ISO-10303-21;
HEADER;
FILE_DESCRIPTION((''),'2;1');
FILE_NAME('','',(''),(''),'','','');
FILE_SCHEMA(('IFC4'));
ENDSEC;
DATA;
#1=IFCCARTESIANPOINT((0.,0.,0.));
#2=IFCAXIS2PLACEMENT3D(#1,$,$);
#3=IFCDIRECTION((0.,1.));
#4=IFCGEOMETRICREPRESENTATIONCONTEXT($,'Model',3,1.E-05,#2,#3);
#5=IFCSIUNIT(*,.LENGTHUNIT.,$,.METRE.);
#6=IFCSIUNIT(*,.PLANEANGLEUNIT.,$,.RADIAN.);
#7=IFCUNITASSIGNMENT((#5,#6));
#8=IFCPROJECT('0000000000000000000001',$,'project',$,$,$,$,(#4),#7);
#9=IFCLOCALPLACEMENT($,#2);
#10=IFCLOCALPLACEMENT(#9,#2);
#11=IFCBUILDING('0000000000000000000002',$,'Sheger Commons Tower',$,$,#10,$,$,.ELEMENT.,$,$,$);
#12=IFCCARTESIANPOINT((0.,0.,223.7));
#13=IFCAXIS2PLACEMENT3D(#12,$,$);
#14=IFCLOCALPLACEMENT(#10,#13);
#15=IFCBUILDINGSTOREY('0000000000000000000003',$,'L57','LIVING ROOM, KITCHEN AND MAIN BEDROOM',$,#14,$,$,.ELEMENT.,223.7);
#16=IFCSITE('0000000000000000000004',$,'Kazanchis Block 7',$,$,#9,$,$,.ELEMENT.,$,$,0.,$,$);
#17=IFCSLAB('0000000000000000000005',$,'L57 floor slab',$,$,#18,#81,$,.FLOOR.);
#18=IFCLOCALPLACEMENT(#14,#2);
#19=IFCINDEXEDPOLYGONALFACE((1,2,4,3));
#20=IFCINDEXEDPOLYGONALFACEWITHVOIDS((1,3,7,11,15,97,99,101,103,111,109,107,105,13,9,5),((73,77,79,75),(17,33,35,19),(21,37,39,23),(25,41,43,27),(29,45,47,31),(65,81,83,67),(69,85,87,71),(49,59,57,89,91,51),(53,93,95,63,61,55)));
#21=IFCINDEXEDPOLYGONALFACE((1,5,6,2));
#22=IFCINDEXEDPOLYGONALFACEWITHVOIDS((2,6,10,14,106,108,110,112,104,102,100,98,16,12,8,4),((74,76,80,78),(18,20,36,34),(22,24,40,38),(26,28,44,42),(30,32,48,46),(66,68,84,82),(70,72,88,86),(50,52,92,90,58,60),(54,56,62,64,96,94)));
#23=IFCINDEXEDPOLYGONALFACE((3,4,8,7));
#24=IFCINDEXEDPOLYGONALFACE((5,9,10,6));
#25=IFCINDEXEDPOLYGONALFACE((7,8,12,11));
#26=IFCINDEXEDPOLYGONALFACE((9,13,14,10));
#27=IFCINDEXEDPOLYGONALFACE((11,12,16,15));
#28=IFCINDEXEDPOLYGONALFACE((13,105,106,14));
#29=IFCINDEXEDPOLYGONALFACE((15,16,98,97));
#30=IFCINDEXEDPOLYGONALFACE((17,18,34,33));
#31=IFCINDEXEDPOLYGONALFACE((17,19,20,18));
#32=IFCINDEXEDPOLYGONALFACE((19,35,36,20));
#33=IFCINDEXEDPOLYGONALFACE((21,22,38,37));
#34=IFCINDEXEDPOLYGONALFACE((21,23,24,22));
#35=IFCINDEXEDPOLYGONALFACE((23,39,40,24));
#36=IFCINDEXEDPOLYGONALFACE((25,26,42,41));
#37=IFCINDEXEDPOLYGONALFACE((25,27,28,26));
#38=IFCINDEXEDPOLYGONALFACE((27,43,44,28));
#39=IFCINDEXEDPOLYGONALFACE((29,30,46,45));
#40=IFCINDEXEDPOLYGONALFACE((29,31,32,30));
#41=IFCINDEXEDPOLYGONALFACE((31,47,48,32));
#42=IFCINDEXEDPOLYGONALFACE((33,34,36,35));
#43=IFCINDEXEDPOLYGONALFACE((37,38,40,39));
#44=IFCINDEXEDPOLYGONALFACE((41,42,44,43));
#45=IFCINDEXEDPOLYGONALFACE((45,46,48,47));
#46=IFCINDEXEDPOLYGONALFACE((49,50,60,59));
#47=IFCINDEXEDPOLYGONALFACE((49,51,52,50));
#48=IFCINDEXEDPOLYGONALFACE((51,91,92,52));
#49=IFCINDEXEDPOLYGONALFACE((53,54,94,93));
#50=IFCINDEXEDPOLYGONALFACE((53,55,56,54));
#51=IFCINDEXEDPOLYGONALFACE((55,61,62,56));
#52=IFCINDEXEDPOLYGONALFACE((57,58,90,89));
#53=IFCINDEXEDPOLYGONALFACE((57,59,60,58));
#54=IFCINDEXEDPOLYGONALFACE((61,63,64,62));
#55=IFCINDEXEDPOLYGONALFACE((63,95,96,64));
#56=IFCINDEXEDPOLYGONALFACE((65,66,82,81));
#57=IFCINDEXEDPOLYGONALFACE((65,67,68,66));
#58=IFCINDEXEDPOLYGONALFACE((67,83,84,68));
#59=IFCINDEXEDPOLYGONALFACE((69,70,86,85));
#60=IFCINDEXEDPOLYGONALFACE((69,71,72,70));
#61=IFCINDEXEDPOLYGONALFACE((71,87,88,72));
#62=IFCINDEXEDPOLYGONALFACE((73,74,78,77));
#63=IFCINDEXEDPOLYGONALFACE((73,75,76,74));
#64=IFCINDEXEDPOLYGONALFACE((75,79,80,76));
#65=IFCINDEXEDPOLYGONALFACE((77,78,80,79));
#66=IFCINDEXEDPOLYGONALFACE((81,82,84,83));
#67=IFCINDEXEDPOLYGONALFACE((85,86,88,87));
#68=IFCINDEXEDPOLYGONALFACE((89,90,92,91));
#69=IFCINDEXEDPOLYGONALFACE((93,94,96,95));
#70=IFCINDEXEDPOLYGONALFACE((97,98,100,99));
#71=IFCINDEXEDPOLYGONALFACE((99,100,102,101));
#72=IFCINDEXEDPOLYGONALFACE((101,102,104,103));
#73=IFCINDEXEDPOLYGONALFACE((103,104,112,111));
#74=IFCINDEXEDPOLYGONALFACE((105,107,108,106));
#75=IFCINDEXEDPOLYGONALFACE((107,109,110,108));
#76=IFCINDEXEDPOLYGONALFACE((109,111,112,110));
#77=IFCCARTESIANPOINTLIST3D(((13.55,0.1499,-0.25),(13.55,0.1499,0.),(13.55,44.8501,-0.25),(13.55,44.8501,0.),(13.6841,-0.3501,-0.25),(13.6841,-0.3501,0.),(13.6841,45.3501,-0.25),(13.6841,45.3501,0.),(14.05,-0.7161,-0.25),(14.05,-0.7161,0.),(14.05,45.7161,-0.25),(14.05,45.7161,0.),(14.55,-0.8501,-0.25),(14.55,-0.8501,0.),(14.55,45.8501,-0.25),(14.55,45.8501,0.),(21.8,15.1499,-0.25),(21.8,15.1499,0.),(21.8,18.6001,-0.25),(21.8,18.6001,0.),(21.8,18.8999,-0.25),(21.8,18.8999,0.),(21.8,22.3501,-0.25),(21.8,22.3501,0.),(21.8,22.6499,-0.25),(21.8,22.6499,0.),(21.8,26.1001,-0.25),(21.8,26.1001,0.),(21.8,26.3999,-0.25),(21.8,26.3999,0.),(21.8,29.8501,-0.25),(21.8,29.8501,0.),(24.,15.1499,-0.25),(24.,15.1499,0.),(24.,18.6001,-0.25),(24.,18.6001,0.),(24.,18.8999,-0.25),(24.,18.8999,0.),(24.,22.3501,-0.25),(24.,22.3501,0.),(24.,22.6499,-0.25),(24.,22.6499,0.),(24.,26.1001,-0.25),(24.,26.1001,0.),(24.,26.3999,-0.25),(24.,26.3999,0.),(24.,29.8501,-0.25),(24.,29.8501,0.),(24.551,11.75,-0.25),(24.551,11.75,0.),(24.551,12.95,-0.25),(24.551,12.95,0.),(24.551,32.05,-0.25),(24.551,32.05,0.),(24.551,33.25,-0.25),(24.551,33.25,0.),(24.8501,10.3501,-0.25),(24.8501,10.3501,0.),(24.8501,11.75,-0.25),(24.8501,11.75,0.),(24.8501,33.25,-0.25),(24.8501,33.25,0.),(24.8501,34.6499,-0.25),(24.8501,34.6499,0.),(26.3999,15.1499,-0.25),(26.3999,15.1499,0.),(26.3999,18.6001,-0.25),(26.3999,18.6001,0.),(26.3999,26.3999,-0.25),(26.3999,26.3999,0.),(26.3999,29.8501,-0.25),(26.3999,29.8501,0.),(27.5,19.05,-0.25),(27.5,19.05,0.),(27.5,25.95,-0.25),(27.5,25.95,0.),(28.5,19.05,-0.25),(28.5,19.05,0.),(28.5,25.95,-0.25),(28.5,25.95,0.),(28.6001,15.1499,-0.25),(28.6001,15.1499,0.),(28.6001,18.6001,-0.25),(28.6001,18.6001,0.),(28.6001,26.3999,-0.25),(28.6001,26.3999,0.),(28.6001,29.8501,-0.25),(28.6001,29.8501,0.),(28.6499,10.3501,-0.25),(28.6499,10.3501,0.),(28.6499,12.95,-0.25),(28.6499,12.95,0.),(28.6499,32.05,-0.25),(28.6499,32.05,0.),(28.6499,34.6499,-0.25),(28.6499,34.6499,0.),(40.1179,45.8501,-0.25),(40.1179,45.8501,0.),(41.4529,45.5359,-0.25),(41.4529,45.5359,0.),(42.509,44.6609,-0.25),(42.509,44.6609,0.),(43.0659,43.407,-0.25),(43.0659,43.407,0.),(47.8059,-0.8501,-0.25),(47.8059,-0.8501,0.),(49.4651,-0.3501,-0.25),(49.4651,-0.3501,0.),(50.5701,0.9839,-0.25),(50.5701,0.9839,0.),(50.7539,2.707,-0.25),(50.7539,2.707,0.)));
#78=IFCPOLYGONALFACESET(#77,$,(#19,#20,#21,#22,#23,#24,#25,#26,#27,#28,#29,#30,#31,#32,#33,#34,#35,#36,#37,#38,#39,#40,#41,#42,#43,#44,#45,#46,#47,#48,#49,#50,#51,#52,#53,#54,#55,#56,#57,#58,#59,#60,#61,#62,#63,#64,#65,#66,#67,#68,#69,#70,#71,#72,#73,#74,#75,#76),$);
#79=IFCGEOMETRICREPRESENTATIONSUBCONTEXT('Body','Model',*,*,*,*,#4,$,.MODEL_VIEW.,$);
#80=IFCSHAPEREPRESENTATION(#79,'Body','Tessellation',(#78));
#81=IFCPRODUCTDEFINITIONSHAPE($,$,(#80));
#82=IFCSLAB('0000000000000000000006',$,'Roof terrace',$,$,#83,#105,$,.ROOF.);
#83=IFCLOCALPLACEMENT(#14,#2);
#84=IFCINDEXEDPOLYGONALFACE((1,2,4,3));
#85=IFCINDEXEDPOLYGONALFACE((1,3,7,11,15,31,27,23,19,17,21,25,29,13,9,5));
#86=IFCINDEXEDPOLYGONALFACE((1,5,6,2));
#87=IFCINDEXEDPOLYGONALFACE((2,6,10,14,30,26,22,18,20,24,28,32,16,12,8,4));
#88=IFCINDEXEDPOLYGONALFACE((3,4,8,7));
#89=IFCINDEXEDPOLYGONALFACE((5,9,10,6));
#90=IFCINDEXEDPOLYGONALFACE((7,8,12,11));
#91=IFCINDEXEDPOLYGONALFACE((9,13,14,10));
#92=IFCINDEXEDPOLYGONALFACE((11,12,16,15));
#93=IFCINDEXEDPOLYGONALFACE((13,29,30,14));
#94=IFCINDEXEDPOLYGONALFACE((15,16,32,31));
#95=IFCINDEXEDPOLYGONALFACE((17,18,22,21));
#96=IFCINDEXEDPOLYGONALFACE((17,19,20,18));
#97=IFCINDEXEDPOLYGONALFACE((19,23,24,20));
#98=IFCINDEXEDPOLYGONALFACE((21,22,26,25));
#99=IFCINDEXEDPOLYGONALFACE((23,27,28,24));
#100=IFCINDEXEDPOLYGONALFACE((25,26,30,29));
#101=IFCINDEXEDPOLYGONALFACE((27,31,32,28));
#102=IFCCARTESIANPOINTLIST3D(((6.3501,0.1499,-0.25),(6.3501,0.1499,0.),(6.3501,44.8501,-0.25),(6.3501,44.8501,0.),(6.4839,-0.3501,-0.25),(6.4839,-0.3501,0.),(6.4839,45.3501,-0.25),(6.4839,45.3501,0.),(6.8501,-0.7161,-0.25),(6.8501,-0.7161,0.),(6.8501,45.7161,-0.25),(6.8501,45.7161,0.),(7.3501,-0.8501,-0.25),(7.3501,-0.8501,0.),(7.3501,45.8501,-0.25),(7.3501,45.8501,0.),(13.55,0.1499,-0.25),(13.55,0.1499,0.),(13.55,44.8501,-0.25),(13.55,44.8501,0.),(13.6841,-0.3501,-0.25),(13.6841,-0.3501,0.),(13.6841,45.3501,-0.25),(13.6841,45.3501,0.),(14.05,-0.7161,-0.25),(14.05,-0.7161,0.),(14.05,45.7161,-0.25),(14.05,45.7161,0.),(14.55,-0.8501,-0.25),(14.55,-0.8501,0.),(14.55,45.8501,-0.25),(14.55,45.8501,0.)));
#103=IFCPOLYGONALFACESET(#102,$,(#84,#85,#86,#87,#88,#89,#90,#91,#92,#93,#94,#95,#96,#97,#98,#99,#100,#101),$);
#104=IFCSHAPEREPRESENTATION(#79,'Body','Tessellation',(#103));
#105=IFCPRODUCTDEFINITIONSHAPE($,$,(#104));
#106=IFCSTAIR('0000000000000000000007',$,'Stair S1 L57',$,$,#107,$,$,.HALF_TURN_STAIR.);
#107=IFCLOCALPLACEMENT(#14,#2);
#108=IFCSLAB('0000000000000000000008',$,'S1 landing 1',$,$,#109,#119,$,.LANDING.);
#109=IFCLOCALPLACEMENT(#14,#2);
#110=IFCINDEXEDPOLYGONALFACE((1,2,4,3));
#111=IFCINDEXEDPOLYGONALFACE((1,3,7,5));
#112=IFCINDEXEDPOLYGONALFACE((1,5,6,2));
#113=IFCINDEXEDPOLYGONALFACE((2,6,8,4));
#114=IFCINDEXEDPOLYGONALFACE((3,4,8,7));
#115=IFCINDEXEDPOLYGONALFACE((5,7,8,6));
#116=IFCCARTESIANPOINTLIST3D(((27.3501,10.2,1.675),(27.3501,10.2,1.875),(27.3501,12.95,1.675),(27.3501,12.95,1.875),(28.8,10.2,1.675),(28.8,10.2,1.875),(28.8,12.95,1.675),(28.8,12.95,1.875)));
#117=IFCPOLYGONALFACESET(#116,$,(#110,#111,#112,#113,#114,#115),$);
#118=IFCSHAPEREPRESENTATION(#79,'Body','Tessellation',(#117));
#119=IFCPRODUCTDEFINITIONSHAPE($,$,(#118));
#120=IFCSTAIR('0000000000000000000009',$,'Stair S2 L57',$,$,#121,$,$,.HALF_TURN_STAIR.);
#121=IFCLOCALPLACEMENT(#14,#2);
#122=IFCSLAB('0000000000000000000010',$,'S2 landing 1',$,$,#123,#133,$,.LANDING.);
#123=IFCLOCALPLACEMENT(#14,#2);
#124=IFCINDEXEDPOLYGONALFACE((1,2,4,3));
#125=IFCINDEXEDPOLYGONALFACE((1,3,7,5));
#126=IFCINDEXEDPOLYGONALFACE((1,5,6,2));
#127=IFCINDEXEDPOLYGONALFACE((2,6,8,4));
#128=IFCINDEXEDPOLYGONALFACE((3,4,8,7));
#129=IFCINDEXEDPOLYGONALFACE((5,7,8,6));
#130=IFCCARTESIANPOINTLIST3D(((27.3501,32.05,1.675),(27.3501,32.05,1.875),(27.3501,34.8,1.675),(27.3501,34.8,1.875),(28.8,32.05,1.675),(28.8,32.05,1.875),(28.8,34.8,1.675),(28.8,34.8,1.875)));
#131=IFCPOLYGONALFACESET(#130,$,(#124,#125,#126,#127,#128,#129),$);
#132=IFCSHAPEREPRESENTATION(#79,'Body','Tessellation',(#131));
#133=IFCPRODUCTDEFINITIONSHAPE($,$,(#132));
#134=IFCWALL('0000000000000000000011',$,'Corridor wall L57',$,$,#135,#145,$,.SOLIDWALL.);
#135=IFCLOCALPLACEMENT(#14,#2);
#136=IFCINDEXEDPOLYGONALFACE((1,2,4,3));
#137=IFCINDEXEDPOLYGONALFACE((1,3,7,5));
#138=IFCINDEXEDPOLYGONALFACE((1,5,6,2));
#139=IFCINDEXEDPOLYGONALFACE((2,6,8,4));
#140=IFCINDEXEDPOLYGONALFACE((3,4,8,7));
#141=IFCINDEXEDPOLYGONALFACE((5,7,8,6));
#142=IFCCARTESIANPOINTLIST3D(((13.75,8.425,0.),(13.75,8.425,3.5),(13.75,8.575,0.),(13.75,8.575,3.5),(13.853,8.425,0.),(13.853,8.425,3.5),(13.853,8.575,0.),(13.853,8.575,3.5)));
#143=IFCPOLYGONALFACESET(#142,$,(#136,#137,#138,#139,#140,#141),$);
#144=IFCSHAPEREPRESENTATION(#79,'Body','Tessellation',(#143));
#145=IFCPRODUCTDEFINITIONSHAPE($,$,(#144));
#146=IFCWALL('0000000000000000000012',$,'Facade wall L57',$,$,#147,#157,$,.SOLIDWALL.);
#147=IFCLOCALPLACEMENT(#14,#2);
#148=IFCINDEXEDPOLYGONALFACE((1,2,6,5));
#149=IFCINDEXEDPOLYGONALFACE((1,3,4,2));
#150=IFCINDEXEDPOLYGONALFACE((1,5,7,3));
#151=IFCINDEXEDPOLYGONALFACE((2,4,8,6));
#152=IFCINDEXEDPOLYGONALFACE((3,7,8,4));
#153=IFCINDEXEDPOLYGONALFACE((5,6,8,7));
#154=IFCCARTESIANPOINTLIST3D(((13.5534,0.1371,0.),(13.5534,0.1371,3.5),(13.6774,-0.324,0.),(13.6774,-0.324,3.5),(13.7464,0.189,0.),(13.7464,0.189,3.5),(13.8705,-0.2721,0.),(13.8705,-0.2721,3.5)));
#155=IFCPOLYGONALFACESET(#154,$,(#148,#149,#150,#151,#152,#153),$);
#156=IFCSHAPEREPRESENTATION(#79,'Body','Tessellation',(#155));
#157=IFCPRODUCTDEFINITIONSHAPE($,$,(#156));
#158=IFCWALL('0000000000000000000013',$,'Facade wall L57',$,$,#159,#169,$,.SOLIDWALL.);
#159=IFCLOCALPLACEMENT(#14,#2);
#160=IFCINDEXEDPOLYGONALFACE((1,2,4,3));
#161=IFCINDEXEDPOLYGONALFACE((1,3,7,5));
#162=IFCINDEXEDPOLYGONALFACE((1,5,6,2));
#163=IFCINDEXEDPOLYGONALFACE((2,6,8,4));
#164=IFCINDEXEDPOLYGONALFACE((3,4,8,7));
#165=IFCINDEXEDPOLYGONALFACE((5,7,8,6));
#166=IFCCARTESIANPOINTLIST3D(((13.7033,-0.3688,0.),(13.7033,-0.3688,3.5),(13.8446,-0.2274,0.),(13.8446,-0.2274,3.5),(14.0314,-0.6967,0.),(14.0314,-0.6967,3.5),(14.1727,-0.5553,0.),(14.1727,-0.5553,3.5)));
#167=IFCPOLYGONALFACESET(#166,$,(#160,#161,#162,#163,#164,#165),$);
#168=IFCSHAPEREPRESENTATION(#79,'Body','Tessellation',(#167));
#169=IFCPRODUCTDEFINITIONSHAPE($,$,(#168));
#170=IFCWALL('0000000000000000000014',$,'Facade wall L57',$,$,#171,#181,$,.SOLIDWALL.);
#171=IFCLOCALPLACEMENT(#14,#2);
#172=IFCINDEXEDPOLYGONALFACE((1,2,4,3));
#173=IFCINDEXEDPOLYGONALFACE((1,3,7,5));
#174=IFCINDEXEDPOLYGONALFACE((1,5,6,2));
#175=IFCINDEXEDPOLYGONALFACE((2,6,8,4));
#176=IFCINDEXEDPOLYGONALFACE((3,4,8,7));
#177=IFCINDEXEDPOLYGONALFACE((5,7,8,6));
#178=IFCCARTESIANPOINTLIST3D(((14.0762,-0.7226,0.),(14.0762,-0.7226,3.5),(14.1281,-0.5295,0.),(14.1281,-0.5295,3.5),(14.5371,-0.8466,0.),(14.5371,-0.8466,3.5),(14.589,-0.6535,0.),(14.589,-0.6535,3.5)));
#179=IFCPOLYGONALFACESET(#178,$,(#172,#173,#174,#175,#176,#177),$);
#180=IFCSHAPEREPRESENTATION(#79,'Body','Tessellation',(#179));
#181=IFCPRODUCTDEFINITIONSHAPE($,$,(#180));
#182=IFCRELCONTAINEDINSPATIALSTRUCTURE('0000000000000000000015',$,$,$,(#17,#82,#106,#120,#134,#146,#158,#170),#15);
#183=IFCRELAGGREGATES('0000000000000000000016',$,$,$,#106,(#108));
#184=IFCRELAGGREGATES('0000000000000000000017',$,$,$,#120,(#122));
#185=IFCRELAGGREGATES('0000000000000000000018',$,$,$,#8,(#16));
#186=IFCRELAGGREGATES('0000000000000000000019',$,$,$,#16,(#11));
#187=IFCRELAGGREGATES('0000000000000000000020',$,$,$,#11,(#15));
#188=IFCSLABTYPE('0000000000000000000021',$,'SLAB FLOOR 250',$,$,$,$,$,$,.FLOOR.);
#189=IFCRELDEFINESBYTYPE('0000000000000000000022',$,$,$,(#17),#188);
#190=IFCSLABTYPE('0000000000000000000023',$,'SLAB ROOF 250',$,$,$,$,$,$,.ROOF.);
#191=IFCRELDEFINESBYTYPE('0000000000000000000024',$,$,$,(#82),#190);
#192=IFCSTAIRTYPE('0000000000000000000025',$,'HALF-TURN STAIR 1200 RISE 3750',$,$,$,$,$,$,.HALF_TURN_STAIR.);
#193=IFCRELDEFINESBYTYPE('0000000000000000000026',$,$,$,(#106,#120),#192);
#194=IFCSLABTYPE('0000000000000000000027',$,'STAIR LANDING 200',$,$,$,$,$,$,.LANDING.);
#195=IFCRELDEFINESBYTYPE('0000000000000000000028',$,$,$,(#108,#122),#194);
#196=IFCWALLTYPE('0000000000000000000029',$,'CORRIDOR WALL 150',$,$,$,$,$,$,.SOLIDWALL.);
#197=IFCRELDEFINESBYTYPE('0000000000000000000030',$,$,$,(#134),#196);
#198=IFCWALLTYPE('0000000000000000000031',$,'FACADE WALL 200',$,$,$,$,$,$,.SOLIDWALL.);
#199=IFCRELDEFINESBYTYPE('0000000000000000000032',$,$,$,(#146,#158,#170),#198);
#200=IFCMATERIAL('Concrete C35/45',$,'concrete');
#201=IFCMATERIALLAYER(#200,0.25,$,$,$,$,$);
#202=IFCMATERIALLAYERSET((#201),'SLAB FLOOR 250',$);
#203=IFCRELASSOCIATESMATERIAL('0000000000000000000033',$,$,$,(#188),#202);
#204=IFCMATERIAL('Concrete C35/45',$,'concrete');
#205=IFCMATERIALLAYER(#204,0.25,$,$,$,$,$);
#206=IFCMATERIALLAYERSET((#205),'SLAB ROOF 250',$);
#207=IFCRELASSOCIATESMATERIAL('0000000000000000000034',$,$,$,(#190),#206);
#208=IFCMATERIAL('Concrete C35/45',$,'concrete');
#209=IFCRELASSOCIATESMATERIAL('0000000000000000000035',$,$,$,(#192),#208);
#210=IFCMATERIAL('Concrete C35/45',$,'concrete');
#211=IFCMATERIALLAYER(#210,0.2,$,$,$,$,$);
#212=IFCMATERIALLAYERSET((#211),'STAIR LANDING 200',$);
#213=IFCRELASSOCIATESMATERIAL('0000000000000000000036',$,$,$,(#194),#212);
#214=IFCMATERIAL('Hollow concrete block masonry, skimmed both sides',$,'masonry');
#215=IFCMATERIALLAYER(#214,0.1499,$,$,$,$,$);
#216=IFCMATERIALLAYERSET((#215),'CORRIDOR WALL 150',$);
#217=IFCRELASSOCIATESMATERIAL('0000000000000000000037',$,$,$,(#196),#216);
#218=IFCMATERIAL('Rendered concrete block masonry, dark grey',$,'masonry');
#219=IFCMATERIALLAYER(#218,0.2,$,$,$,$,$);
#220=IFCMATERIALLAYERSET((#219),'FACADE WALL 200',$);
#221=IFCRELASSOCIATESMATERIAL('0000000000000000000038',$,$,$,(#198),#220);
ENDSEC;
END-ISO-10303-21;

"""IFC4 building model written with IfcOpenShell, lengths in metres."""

from ifc_helpers import new_model, si_unit, direction, frame, frame_2d, origin, place, context, subcontext, project, spatial, polyline, rectangle, outline, extrude, material, layer, layer_set, type_object, element, aggregate, save


model = new_model("IFC4")

# Units and contexts
model_context = context("Model", 3, precision=1e-05, world=origin(), true_north=direction((0.0, 1.0)))
body_context = subcontext(model_context, "Body", "Model", "MODEL_VIEW")
ifc_project = project(units=[si_unit("LENGTHUNIT", "METRE"), si_unit("PLANEANGLEUNIT", "RADIAN")], contexts=[model_context])

# Site, building, storey
site_placement = place(None, origin())
site = spatial("IfcSite", under=ifc_project, at=site_placement, Name="Kazanchis Block 7", CompositionType="ELEMENT", RefElevation=0.0)
building_placement = place(site_placement, origin())
building = spatial("IfcBuilding", under=site, at=building_placement, Name="Sheger Commons Tower", CompositionType="ELEMENT")
storey_placement = place(building_placement, frame((0.0, 0.0, 223.7)))
storey = spatial("IfcBuildingStorey", under=building, at=storey_placement, Name="L57", Description="LIVING ROOM, KITCHEN AND MAIN BEDROOM", CompositionType="ELEMENT", Elevation=223.7)

# Slabs
ifc_material_1 = material(Name="Concrete C35/45", Category="concrete")
ifc_layer_1 = layer(ifc_material_1, 0.25)
ifc_layer_set_1 = layer_set([ifc_layer_1], Name="SLAB FLOOR 250")
slab_type_1 = type_object("IfcSlabType", Name="SLAB FLOOR 250", PredefinedType="FLOOR", material=ifc_layer_set_1)
slab_1_placement = place(storey_placement, frame((0.0, 0.0, -0.25)))
element("IfcSlab", 1, at=slab_1_placement, inside=storey, type_object=slab_type_1, Name="L57 floor slab", PredefinedType="FLOOR", context=body_context, shape_type="SweptSolid", body=[
    extrude(outline(polyline([(13.55, 0.1499), (13.6841, -0.3501), (14.05, -0.7161), (14.55, -0.8501), (47.8059, -0.8501), (49.4651, -0.3501), (50.5701, 0.9839), (50.7539, 2.707), (43.0659, 43.407), (42.509, 44.6609), (41.4529, 45.5359), (40.1179, 45.8501), (14.55, 45.8501), (14.05, 45.7161), (13.6841, 45.3501), (13.55, 44.8501), (13.55, 0.1499)]), holes=[polyline([(24.8501, 10.3501), (28.6499, 10.3501), (28.6499, 12.95), (24.551, 12.95), (24.551, 11.75), (24.8501, 11.75), (24.8501, 10.3501)]), polyline([(24.551, 32.05), (28.6499, 32.05), (28.6499, 34.6499), (24.8501, 34.6499), (24.8501, 33.25), (24.551, 33.25), (24.551, 32.05)]), polyline([(26.3999, 15.1499), (28.6001, 15.1499), (28.6001, 18.6001), (26.3999, 18.6001), (26.3999, 15.1499)]), polyline([(26.3999, 26.3999), (28.6001, 26.3999), (28.6001, 29.8501), (26.3999, 29.8501), (26.3999, 26.3999)]), polyline([(21.8, 15.1499), (24.0, 15.1499), (24.0, 18.6001), (21.8, 18.6001), (21.8, 15.1499)]), polyline([(21.8, 18.8999), (24.0, 18.8999), (24.0, 22.3501), (21.8, 22.3501), (21.8, 18.8999)]), polyline([(21.8, 22.6499), (24.0, 22.6499), (24.0, 26.1001), (21.8, 26.1001), (21.8, 22.6499)]), polyline([(21.8, 26.3999), (24.0, 26.3999), (24.0, 29.8501), (21.8, 29.8501), (21.8, 26.3999)]), polyline([(27.5, 19.05), (28.5, 19.05), (28.5, 25.95), (27.5, 25.95), (27.5, 19.05)])]), origin(), (0.0, 0.0, 1.0), 0.25),
])
ifc_material_2 = material(Name="Concrete C35/45", Category="concrete")
ifc_layer_2 = layer(ifc_material_2, 0.25)
ifc_layer_set_2 = layer_set([ifc_layer_2], Name="SLAB ROOF 250")
slab_type_2 = type_object("IfcSlabType", Name="SLAB ROOF 250", PredefinedType="ROOF", material=ifc_layer_set_2)
slab_2_placement = place(storey_placement, frame((0.0, 0.0, -0.25)))
element("IfcSlab", 2, at=slab_2_placement, inside=storey, type_object=slab_type_2, Name="Roof terrace", PredefinedType="ROOF", context=body_context, shape_type="SweptSolid", body=[
    extrude(outline(polyline([(7.3501, -0.8501), (14.55, -0.8501), (14.05, -0.7161), (13.6841, -0.3501), (13.55, 0.1499), (13.55, 44.8501), (13.6841, 45.3501), (14.05, 45.7161), (14.55, 45.8501), (7.3501, 45.8501), (6.8501, 45.7161), (6.4839, 45.3501), (6.3501, 44.8501), (6.3501, 0.1499), (6.4839, -0.3501), (6.8501, -0.7161), (7.3501, -0.8501)])), origin(), (0.0, 0.0, 1.0), 0.25),
])

# Stairs, slabs
ifc_material_3 = material(Name="Concrete C35/45", Category="concrete")
stair_type = type_object("IfcStairType", Name="HALF-TURN STAIR 1200 RISE 3750", PredefinedType="HALF_TURN_STAIR", material=ifc_material_3)
stair_1_placement = place(storey_placement, origin())
stair_1 = element("IfcStair", 3, at=stair_1_placement, inside=storey, type_object=stair_type, Name="Stair S1 L57", PredefinedType="HALF_TURN_STAIR")
ifc_material_4 = material(Name="Concrete C35/45", Category="concrete")
ifc_layer_3 = layer(ifc_material_4, 0.2)
ifc_layer_set_3 = layer_set([ifc_layer_3], Name="STAIR LANDING 200")
slab_type_3 = type_object("IfcSlabType", Name="STAIR LANDING 200", PredefinedType="LANDING", material=ifc_layer_set_3)
slab_3_placement = place(storey_placement, frame((0.0, 0.0, 1.675)))
slab_3 = element("IfcSlab", 4, at=slab_3_placement, type_object=slab_type_3, Name="S1 landing 1", PredefinedType="LANDING", context=body_context, shape_type="SweptSolid", body=[
    extrude(outline(polyline([(27.3501, 10.2), (28.8, 10.2), (28.8, 12.95), (27.3501, 12.95), (27.3501, 10.2)])), origin(), (0.0, 0.0, 1.0), 0.2),
])
aggregate(stair_1, [slab_3])
stair_2_placement = place(storey_placement, origin())
stair_2 = element("IfcStair", 5, at=stair_2_placement, inside=storey, type_object=stair_type, Name="Stair S2 L57", PredefinedType="HALF_TURN_STAIR")
slab_4_placement = place(storey_placement, frame((0.0, 0.0, 1.675)))
slab_4 = element("IfcSlab", 6, at=slab_4_placement, type_object=slab_type_3, Name="S2 landing 1", PredefinedType="LANDING", context=body_context, shape_type="SweptSolid", body=[
    extrude(outline(polyline([(27.3501, 32.05), (28.8, 32.05), (28.8, 34.8), (27.3501, 34.8), (27.3501, 32.05)])), origin(), (0.0, 0.0, 1.0), 0.2),
])
aggregate(stair_2, [slab_4])

# Walls
ifc_material_5 = material(Name="Hollow concrete block masonry, skimmed both sides", Category="masonry")
ifc_layer_4 = layer(ifc_material_5, 0.1499)
ifc_layer_set_4 = layer_set([ifc_layer_4], Name="CORRIDOR WALL 150")
wall_type_1 = type_object("IfcWallType", Name="CORRIDOR WALL 150", PredefinedType="SOLIDWALL", material=ifc_layer_set_4)
wall_1_placement = place(storey_placement, frame((13.853, 8.5, 0.0), z_axis=(0.0, 0.0, 1.0), x_axis=(-1.0, 0.0, 0.0)))
element("IfcWall", 7, at=wall_1_placement, inside=storey, type_object=wall_type_1, Name="Corridor wall L57", PredefinedType="SOLIDWALL", context=body_context, shape_type="SweptSolid", body=[
    extrude(rectangle(XDim=0.103, YDim=0.1499, at=frame_2d((0.0515, 0.0))), origin(), (0.0, 0.0, 1.0), 3.5),
])
ifc_material_6 = material(Name="Rendered concrete block masonry, dark grey", Category="masonry")
ifc_layer_5 = layer(ifc_material_6, 0.2)
ifc_layer_set_5 = layer_set([ifc_layer_5], Name="FACADE WALL 200")
wall_type_2 = type_object("IfcWallType", Name="FACADE WALL 200", PredefinedType="SOLIDWALL", material=ifc_layer_set_5)
wall_2_placement = place(storey_placement, frame((13.6499, 0.1631, 0.0), z_axis=(0.0, 0.0, 1.0), x_axis=(0.259698, -0.96569, 0.0)))
element("IfcWall", 8, at=wall_2_placement, inside=storey, type_object=wall_type_2, Name="Facade wall L57", PredefinedType="SOLIDWALL", context=body_context, shape_type="SweptSolid", body=[
    extrude(rectangle(XDim=0.4775, YDim=0.2, at=frame_2d((0.2388, 0.0))), origin(), (0.0, 0.0, 1.0), 3.5),
])
wall_3_placement = place(storey_placement, frame((13.7739, -0.2981, 0.0), z_axis=(0.0, 0.0, 1.0), x_axis=(0.70737, -0.706844, 0.0)))
element("IfcWall", 9, at=wall_3_placement, inside=storey, type_object=wall_type_2, Name="Facade wall L57", PredefinedType="SOLIDWALL", context=body_context, shape_type="SweptSolid", body=[
    extrude(rectangle(XDim=0.4639, YDim=0.2, at=frame_2d((0.2319, 0.0))), origin(), (0.0, 0.0, 1.0), 3.5),
])
wall_4_placement = place(storey_placement, frame((14.1021, -0.626, 0.0), z_axis=(0.0, 0.0, 1.0), x_axis=(0.965655, -0.259827, 0.0)))
element("IfcWall", 10, at=wall_4_placement, inside=storey, type_object=wall_type_2, Name="Facade wall L57", PredefinedType="SOLIDWALL", context=body_context, shape_type="SweptSolid", body=[
    extrude(rectangle(XDim=0.4773, YDim=0.2, at=frame_2d((0.2388, 0.0))), origin(), (0.0, 0.0, 1.0), 3.5),
])

save(model, "model.ifc")
